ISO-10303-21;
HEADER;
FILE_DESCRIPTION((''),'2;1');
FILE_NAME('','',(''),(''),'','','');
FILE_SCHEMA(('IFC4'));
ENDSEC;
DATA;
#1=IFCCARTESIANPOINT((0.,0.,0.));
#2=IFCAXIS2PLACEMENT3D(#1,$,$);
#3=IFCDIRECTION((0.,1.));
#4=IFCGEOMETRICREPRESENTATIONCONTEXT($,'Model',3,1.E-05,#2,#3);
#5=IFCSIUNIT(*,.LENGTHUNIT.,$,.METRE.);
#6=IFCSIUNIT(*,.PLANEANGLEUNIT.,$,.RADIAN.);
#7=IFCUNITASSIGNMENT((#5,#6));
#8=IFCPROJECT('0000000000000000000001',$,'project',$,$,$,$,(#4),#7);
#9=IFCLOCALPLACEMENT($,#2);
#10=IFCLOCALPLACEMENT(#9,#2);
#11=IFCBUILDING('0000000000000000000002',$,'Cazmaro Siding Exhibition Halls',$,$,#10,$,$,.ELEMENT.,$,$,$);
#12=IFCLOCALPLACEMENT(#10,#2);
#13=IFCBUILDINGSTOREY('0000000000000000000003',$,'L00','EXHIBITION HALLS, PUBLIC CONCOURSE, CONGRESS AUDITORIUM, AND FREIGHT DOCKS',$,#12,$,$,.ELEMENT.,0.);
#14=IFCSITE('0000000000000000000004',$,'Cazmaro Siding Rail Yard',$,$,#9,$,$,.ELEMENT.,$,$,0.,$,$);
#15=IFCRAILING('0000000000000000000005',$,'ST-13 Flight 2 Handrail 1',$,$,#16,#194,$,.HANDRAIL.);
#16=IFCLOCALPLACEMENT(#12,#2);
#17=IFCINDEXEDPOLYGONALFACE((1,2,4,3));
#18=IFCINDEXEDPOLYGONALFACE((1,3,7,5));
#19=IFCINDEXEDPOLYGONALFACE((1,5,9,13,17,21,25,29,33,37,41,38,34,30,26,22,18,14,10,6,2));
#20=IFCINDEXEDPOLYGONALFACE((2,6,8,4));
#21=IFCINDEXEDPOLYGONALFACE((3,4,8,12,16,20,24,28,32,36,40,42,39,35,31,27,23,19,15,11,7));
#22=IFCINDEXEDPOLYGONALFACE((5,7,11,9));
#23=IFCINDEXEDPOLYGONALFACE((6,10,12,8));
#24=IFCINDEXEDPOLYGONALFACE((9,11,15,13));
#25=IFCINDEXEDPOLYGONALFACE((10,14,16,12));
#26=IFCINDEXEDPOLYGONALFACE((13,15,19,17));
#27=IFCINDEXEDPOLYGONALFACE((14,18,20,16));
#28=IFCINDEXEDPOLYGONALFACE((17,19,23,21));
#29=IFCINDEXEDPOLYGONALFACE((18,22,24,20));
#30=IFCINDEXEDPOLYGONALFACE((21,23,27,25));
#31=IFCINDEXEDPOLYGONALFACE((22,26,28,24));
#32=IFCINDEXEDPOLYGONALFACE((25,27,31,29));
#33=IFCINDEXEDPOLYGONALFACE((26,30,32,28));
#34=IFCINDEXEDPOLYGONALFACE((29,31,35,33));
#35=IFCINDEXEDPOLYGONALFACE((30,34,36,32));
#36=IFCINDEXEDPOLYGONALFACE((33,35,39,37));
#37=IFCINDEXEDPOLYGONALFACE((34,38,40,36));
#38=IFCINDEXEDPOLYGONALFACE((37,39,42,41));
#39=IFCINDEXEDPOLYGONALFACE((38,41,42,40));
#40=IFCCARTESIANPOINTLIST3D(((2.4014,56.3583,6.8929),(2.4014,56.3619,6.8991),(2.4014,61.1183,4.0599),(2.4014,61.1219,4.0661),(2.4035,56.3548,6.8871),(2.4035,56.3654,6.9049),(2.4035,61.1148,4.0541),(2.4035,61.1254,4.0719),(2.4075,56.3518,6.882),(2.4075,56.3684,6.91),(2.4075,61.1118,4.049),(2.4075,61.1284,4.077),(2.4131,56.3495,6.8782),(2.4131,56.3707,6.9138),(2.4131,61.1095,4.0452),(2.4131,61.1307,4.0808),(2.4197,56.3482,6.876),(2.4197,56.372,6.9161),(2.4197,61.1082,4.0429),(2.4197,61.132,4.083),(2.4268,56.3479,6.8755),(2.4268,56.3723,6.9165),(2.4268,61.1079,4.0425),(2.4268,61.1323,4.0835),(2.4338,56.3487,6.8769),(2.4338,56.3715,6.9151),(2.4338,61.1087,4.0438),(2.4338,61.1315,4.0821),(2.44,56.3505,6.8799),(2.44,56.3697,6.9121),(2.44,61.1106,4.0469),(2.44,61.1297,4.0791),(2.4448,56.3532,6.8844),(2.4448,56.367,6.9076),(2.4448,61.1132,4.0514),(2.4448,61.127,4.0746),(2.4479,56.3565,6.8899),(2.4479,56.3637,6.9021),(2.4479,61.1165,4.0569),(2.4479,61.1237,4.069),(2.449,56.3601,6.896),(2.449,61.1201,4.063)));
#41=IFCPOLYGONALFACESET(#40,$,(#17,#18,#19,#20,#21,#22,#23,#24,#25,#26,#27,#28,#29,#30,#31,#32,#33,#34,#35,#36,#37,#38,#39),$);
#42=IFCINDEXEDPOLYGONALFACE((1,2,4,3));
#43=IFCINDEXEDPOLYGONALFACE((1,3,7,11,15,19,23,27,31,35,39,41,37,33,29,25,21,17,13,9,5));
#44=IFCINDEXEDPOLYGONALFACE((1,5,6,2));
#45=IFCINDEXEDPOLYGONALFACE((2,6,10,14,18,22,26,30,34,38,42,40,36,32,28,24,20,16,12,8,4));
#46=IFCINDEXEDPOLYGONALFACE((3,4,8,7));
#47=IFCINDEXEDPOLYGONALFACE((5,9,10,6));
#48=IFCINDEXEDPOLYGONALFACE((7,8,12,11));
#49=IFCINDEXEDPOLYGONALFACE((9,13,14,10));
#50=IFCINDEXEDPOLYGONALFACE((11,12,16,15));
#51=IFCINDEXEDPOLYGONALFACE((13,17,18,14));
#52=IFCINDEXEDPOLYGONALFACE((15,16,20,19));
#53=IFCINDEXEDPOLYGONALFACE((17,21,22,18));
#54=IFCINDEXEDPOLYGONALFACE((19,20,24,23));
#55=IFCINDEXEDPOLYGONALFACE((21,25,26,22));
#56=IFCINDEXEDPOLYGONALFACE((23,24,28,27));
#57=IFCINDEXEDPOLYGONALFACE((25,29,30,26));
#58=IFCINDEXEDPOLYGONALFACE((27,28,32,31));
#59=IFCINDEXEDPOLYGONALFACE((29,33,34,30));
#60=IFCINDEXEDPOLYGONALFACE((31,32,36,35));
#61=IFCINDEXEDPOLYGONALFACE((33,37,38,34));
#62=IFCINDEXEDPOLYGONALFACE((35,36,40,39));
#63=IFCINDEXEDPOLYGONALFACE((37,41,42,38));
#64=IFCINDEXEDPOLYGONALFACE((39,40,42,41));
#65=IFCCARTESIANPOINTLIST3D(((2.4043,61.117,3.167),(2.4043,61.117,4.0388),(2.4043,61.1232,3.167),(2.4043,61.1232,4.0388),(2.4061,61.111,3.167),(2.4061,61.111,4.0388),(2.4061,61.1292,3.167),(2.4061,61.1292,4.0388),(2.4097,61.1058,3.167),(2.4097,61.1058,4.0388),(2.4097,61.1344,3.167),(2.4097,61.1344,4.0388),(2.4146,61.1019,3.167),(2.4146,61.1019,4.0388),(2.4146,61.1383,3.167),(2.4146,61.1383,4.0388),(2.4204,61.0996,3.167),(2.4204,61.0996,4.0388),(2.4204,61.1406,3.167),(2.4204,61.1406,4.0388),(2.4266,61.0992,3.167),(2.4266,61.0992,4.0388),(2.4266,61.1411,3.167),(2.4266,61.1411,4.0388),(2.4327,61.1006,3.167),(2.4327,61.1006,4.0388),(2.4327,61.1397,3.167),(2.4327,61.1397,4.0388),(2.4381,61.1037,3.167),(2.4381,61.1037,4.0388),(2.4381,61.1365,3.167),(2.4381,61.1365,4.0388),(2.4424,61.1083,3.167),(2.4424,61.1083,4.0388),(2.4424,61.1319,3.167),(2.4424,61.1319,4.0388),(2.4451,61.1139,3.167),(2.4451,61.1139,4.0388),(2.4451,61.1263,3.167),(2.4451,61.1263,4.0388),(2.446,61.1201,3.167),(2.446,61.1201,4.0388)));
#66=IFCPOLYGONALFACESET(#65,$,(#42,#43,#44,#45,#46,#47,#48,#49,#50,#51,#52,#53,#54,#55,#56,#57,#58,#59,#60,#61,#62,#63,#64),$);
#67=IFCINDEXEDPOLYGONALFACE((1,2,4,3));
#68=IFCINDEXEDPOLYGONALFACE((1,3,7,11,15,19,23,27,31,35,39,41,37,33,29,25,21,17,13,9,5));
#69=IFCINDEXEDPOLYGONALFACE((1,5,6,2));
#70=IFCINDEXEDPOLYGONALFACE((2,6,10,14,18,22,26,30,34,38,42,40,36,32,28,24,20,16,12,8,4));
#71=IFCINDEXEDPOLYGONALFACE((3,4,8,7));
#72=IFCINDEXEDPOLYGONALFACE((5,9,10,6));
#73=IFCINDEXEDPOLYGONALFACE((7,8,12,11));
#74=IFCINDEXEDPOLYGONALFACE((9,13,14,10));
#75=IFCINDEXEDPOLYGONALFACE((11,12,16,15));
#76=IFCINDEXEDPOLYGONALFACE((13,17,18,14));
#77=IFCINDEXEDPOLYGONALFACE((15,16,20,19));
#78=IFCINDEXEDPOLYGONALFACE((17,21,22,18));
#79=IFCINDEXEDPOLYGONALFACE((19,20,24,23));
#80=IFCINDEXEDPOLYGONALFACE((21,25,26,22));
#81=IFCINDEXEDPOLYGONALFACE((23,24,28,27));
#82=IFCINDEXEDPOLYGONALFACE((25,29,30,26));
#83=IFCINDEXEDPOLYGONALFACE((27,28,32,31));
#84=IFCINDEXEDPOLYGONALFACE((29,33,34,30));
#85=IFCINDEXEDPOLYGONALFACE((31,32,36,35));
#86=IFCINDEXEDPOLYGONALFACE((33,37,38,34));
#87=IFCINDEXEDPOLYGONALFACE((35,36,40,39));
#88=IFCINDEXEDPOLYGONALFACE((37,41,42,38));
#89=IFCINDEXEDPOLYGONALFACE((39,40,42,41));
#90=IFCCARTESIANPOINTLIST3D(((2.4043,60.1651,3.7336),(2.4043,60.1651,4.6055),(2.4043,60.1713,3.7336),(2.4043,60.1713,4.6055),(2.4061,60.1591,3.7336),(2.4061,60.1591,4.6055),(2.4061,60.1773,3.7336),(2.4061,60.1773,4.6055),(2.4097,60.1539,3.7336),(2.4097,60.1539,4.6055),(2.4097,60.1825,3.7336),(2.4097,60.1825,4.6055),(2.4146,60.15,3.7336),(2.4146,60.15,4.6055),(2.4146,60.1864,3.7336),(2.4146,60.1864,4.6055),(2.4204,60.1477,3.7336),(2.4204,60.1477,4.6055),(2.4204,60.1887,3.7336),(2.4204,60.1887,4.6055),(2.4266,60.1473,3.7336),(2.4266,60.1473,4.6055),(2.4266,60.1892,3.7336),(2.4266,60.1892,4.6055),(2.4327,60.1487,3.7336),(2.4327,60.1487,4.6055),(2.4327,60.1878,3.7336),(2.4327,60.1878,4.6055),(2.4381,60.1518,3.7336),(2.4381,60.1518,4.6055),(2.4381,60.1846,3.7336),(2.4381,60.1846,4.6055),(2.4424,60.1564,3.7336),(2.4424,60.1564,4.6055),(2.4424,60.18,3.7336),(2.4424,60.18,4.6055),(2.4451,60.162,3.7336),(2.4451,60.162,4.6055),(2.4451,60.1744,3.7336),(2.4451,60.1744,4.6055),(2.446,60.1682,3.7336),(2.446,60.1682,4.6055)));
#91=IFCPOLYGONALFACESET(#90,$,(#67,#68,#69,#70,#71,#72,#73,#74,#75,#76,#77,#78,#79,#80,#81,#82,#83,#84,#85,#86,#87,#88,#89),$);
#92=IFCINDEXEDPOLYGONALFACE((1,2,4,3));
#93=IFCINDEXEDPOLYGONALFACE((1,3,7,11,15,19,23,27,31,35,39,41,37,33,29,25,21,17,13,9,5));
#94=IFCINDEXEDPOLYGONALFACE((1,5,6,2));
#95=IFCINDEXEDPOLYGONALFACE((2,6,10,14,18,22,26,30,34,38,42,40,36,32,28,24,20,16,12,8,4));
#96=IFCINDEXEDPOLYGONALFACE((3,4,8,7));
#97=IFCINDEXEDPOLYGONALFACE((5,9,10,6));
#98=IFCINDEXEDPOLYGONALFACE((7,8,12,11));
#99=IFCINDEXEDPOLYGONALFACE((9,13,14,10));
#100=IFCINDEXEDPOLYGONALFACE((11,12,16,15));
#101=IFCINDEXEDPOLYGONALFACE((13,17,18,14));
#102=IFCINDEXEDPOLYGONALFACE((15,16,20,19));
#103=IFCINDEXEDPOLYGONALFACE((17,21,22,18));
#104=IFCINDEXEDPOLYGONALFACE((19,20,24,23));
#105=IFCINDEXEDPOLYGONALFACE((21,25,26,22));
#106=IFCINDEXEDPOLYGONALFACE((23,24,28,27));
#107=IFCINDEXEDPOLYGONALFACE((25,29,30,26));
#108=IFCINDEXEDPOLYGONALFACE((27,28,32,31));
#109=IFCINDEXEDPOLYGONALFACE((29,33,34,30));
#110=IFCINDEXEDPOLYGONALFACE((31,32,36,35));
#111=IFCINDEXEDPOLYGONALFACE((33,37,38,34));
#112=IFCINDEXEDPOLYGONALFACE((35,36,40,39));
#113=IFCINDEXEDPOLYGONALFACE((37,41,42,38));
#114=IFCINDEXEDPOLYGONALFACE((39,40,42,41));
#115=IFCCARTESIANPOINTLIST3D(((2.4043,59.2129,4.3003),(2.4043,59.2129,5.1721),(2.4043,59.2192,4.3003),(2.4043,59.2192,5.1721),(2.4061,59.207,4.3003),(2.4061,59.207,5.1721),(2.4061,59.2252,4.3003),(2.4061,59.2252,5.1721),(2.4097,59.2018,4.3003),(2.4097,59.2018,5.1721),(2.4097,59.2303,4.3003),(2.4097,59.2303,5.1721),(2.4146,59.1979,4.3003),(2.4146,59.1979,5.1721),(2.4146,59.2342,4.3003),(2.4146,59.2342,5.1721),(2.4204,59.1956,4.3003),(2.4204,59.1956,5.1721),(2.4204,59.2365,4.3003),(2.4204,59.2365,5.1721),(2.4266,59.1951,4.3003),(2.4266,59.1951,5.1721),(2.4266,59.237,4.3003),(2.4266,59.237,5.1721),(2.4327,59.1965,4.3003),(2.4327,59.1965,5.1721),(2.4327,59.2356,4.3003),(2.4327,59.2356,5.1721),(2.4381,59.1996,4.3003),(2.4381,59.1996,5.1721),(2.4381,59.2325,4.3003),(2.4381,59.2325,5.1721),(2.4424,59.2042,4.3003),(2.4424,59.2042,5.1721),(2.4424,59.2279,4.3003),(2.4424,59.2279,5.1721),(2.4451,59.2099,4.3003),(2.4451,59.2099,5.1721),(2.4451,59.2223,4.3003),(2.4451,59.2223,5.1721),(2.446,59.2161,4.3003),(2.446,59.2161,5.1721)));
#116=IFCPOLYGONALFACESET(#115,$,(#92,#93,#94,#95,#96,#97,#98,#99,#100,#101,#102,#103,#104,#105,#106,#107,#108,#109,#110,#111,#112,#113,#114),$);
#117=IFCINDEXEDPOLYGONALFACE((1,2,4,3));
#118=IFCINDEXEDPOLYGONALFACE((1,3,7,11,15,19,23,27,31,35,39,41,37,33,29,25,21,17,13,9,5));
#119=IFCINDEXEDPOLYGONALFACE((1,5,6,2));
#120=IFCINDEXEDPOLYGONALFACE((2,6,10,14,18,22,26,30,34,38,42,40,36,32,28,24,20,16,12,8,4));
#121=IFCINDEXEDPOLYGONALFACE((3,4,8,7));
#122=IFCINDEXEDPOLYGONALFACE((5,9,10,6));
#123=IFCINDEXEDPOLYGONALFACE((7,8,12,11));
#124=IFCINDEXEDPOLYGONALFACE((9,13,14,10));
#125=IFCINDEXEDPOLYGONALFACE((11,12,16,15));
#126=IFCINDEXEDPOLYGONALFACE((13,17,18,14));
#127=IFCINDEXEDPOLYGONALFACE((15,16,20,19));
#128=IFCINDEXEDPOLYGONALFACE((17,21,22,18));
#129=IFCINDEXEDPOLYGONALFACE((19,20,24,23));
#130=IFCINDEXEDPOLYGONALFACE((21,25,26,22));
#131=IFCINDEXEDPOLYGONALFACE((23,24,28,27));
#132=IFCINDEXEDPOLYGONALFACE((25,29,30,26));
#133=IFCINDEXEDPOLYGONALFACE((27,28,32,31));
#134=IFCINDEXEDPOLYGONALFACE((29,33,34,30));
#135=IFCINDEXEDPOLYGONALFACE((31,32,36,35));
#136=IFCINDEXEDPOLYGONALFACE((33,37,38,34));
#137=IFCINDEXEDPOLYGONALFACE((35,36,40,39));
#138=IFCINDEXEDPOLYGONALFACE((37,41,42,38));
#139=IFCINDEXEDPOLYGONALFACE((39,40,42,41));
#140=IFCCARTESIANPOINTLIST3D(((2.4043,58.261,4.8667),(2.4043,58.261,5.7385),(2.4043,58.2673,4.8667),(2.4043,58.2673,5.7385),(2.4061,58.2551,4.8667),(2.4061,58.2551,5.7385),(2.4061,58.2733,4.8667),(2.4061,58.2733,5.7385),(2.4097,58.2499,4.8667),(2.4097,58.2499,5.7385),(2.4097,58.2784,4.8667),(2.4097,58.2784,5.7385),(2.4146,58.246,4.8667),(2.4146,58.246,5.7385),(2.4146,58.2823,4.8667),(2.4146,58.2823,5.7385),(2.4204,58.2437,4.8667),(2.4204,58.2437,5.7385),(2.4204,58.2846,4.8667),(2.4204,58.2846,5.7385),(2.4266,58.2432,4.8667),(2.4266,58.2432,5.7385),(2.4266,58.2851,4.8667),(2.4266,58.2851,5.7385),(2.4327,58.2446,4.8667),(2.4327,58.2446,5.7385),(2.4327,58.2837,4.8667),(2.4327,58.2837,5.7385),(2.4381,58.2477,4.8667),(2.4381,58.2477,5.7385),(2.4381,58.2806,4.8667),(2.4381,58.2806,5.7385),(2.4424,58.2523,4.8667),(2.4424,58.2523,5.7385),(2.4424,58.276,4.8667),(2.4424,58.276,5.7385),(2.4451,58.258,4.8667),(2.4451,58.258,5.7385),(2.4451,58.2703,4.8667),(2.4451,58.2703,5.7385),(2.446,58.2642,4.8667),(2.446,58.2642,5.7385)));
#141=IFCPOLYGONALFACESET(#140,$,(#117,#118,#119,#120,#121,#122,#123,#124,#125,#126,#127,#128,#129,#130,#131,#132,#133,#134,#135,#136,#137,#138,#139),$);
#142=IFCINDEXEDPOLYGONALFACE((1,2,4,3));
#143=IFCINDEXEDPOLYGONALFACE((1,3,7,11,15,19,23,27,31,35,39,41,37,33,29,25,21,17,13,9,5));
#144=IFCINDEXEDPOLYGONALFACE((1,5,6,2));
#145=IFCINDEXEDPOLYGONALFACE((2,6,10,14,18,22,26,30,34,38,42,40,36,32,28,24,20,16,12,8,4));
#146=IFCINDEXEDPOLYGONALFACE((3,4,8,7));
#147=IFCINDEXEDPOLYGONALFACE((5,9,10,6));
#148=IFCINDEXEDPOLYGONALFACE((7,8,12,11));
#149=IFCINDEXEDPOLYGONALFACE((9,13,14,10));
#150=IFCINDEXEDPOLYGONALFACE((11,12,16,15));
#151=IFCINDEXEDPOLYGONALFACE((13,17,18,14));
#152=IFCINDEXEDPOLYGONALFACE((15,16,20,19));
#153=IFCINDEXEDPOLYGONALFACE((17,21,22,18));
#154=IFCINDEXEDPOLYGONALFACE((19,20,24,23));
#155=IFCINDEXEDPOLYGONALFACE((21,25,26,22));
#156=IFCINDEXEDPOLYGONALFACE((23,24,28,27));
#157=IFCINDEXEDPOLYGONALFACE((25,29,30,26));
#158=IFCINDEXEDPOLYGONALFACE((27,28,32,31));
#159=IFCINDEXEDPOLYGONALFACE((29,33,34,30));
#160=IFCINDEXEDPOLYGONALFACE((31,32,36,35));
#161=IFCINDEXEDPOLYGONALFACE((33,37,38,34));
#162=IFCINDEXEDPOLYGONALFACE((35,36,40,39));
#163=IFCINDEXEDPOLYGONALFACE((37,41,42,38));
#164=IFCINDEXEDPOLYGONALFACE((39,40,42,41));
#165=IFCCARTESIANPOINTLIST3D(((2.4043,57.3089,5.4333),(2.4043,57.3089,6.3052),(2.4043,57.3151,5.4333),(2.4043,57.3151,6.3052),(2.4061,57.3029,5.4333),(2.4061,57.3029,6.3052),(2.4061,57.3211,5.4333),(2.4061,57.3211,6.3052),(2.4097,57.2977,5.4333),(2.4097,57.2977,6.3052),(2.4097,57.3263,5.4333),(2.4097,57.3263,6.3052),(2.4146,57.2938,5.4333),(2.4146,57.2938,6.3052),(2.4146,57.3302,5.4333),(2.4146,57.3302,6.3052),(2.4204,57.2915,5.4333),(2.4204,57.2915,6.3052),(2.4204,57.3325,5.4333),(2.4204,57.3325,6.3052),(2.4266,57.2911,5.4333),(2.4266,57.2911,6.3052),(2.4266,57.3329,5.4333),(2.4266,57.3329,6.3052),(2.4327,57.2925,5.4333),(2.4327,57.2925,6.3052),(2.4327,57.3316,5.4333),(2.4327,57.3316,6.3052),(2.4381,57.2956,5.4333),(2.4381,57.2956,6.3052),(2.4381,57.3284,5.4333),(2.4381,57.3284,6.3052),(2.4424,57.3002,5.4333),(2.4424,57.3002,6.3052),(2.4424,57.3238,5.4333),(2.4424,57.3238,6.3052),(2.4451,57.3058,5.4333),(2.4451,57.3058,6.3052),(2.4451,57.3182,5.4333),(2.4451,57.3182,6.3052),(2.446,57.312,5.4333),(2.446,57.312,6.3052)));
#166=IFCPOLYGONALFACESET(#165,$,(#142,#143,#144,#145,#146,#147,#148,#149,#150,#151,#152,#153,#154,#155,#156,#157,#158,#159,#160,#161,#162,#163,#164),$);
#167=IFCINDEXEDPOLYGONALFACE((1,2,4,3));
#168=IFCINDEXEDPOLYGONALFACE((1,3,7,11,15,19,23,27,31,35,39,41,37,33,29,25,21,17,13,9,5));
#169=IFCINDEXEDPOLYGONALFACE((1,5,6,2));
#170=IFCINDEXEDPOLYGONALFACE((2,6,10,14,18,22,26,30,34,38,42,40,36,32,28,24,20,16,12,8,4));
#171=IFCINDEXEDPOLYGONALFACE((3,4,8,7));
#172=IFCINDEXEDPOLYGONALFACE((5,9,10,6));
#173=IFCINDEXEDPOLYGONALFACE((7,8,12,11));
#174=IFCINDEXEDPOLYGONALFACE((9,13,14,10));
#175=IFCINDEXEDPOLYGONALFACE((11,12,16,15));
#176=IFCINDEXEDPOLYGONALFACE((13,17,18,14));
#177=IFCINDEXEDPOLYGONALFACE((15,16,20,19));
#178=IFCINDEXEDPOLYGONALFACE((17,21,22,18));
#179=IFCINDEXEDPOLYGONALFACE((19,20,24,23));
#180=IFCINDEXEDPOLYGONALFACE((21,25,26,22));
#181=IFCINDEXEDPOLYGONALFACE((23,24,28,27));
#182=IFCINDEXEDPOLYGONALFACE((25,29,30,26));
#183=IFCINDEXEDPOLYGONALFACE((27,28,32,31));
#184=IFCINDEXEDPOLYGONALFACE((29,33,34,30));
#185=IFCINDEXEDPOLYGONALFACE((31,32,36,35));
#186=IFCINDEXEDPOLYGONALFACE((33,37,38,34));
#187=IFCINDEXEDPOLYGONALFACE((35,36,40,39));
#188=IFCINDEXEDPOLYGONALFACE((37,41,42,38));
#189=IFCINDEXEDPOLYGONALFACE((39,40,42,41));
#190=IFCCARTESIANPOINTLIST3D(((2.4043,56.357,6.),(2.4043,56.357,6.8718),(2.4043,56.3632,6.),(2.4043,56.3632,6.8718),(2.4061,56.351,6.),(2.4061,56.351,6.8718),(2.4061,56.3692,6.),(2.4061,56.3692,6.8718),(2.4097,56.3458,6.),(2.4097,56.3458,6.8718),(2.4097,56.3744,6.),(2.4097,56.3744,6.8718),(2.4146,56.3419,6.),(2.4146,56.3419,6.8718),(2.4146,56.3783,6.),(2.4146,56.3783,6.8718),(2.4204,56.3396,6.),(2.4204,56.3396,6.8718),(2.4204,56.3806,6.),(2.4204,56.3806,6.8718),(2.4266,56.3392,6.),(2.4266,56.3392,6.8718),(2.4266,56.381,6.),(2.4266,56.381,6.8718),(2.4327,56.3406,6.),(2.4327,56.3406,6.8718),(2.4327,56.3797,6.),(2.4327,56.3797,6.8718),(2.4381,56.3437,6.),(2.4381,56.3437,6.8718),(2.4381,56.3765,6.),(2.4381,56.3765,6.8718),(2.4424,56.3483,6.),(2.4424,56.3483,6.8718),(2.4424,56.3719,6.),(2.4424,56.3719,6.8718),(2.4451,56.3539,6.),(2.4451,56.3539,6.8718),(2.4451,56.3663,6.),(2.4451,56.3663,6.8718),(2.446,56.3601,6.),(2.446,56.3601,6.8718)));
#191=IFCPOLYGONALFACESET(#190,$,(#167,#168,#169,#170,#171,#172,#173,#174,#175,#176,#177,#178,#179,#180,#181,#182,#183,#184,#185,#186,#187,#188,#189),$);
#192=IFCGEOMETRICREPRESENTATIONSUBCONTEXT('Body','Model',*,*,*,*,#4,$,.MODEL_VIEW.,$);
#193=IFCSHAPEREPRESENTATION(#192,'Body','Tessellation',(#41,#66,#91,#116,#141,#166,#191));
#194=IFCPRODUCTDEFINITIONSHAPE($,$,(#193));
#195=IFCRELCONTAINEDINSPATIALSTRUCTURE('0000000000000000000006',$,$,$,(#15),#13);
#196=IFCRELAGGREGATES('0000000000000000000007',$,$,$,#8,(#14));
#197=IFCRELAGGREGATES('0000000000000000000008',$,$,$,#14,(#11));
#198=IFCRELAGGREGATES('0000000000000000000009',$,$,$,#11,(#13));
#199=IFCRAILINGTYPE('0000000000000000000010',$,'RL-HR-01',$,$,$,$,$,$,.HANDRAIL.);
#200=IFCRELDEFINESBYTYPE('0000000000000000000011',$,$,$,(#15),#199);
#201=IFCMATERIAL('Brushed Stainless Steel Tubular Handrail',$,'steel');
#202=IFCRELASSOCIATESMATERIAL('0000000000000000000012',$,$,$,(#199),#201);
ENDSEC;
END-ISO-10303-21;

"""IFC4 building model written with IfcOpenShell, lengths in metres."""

from ifc_helpers import new_model, si_unit, direction, frame, origin, origin_2d, place, context, subcontext, project, spatial, circle, extrude, material, type_object, element, save


model = new_model("IFC4")

# Units and contexts
model_context = context("Model", 3, precision=1e-05, world=origin(), true_north=direction((0.0, 1.0)))
body_context = subcontext(model_context, "Body", "Model", "MODEL_VIEW")
ifc_project = project(units=[si_unit("LENGTHUNIT", "METRE"), si_unit("PLANEANGLEUNIT", "RADIAN")], contexts=[model_context])

# Site, building, storey
site_placement = place(None, origin())
site = spatial("IfcSite", under=ifc_project, at=site_placement, Name="Cazmaro Siding Rail Yard", CompositionType="ELEMENT", RefElevation=0.0)
building_placement = place(site_placement, origin())
building = spatial("IfcBuilding", under=site, at=building_placement, Name="Cazmaro Siding Exhibition Halls", CompositionType="ELEMENT")
storey_placement = place(building_placement, origin())
storey = spatial("IfcBuildingStorey", under=building, at=storey_placement, Name="L00", Description="EXHIBITION HALLS, PUBLIC CONCOURSE, CONGRESS AUDITORIUM, AND FREIGHT DOCKS", CompositionType="ELEMENT", Elevation=0.0)

# Railing
ifc_material_1 = material(Name="Brushed Stainless Steel Tubular Handrail", Category="steel")
railing_type_1 = type_object("IfcRailingType", Name="RL-HR-01", PredefinedType="HANDRAIL", material=ifc_material_1)
railing_1_placement = place(storey_placement, frame((2.425, 61.1201, 3.167)))
element("IfcRailing", 1, at=railing_1_placement, inside=storey, type_object=railing_type_1, Name="ST-13 Flight 2 Handrail 1", PredefinedType="HANDRAIL", context=body_context, shape_type="SweptSolid", body=[
    extrude(circle(Radius=0.0239, at=origin_2d()), frame((0.0, 0.0, 0.896), z_axis=(0.0, -0.859319, 0.51144), x_axis=(1.0, 0.0, 0.0)), (0.0, 0.0, 1.0), 5.5393),
    extrude(circle(Radius=0.021, at=origin_2d()), origin(), (0.0, 0.0, 1.0), 0.8718),
    extrude(circle(Radius=0.021, at=origin_2d()), frame((0.0, -0.9519, 0.5667)), (0.0, 0.0, 1.0), 0.8718),
    extrude(circle(Radius=0.021, at=origin_2d()), frame((0.0, -1.9041, 1.1333)), (0.0, 0.0, 1.0), 0.8718),
    extrude(circle(Radius=0.021, at=origin_2d()), frame((0.0, -2.856, 1.6997)), (0.0, 0.0, 1.0), 0.8718),
    extrude(circle(Radius=0.021, at=origin_2d()), frame((0.0, -3.8081, 2.2664)), (0.0, 0.0, 1.0), 0.8718),
    extrude(circle(Radius=0.021, at=origin_2d()), frame((0.0, -4.76, 2.833)), (0.0, 0.0, 1.0), 0.8718),
])

save(model, "model.ifc")
